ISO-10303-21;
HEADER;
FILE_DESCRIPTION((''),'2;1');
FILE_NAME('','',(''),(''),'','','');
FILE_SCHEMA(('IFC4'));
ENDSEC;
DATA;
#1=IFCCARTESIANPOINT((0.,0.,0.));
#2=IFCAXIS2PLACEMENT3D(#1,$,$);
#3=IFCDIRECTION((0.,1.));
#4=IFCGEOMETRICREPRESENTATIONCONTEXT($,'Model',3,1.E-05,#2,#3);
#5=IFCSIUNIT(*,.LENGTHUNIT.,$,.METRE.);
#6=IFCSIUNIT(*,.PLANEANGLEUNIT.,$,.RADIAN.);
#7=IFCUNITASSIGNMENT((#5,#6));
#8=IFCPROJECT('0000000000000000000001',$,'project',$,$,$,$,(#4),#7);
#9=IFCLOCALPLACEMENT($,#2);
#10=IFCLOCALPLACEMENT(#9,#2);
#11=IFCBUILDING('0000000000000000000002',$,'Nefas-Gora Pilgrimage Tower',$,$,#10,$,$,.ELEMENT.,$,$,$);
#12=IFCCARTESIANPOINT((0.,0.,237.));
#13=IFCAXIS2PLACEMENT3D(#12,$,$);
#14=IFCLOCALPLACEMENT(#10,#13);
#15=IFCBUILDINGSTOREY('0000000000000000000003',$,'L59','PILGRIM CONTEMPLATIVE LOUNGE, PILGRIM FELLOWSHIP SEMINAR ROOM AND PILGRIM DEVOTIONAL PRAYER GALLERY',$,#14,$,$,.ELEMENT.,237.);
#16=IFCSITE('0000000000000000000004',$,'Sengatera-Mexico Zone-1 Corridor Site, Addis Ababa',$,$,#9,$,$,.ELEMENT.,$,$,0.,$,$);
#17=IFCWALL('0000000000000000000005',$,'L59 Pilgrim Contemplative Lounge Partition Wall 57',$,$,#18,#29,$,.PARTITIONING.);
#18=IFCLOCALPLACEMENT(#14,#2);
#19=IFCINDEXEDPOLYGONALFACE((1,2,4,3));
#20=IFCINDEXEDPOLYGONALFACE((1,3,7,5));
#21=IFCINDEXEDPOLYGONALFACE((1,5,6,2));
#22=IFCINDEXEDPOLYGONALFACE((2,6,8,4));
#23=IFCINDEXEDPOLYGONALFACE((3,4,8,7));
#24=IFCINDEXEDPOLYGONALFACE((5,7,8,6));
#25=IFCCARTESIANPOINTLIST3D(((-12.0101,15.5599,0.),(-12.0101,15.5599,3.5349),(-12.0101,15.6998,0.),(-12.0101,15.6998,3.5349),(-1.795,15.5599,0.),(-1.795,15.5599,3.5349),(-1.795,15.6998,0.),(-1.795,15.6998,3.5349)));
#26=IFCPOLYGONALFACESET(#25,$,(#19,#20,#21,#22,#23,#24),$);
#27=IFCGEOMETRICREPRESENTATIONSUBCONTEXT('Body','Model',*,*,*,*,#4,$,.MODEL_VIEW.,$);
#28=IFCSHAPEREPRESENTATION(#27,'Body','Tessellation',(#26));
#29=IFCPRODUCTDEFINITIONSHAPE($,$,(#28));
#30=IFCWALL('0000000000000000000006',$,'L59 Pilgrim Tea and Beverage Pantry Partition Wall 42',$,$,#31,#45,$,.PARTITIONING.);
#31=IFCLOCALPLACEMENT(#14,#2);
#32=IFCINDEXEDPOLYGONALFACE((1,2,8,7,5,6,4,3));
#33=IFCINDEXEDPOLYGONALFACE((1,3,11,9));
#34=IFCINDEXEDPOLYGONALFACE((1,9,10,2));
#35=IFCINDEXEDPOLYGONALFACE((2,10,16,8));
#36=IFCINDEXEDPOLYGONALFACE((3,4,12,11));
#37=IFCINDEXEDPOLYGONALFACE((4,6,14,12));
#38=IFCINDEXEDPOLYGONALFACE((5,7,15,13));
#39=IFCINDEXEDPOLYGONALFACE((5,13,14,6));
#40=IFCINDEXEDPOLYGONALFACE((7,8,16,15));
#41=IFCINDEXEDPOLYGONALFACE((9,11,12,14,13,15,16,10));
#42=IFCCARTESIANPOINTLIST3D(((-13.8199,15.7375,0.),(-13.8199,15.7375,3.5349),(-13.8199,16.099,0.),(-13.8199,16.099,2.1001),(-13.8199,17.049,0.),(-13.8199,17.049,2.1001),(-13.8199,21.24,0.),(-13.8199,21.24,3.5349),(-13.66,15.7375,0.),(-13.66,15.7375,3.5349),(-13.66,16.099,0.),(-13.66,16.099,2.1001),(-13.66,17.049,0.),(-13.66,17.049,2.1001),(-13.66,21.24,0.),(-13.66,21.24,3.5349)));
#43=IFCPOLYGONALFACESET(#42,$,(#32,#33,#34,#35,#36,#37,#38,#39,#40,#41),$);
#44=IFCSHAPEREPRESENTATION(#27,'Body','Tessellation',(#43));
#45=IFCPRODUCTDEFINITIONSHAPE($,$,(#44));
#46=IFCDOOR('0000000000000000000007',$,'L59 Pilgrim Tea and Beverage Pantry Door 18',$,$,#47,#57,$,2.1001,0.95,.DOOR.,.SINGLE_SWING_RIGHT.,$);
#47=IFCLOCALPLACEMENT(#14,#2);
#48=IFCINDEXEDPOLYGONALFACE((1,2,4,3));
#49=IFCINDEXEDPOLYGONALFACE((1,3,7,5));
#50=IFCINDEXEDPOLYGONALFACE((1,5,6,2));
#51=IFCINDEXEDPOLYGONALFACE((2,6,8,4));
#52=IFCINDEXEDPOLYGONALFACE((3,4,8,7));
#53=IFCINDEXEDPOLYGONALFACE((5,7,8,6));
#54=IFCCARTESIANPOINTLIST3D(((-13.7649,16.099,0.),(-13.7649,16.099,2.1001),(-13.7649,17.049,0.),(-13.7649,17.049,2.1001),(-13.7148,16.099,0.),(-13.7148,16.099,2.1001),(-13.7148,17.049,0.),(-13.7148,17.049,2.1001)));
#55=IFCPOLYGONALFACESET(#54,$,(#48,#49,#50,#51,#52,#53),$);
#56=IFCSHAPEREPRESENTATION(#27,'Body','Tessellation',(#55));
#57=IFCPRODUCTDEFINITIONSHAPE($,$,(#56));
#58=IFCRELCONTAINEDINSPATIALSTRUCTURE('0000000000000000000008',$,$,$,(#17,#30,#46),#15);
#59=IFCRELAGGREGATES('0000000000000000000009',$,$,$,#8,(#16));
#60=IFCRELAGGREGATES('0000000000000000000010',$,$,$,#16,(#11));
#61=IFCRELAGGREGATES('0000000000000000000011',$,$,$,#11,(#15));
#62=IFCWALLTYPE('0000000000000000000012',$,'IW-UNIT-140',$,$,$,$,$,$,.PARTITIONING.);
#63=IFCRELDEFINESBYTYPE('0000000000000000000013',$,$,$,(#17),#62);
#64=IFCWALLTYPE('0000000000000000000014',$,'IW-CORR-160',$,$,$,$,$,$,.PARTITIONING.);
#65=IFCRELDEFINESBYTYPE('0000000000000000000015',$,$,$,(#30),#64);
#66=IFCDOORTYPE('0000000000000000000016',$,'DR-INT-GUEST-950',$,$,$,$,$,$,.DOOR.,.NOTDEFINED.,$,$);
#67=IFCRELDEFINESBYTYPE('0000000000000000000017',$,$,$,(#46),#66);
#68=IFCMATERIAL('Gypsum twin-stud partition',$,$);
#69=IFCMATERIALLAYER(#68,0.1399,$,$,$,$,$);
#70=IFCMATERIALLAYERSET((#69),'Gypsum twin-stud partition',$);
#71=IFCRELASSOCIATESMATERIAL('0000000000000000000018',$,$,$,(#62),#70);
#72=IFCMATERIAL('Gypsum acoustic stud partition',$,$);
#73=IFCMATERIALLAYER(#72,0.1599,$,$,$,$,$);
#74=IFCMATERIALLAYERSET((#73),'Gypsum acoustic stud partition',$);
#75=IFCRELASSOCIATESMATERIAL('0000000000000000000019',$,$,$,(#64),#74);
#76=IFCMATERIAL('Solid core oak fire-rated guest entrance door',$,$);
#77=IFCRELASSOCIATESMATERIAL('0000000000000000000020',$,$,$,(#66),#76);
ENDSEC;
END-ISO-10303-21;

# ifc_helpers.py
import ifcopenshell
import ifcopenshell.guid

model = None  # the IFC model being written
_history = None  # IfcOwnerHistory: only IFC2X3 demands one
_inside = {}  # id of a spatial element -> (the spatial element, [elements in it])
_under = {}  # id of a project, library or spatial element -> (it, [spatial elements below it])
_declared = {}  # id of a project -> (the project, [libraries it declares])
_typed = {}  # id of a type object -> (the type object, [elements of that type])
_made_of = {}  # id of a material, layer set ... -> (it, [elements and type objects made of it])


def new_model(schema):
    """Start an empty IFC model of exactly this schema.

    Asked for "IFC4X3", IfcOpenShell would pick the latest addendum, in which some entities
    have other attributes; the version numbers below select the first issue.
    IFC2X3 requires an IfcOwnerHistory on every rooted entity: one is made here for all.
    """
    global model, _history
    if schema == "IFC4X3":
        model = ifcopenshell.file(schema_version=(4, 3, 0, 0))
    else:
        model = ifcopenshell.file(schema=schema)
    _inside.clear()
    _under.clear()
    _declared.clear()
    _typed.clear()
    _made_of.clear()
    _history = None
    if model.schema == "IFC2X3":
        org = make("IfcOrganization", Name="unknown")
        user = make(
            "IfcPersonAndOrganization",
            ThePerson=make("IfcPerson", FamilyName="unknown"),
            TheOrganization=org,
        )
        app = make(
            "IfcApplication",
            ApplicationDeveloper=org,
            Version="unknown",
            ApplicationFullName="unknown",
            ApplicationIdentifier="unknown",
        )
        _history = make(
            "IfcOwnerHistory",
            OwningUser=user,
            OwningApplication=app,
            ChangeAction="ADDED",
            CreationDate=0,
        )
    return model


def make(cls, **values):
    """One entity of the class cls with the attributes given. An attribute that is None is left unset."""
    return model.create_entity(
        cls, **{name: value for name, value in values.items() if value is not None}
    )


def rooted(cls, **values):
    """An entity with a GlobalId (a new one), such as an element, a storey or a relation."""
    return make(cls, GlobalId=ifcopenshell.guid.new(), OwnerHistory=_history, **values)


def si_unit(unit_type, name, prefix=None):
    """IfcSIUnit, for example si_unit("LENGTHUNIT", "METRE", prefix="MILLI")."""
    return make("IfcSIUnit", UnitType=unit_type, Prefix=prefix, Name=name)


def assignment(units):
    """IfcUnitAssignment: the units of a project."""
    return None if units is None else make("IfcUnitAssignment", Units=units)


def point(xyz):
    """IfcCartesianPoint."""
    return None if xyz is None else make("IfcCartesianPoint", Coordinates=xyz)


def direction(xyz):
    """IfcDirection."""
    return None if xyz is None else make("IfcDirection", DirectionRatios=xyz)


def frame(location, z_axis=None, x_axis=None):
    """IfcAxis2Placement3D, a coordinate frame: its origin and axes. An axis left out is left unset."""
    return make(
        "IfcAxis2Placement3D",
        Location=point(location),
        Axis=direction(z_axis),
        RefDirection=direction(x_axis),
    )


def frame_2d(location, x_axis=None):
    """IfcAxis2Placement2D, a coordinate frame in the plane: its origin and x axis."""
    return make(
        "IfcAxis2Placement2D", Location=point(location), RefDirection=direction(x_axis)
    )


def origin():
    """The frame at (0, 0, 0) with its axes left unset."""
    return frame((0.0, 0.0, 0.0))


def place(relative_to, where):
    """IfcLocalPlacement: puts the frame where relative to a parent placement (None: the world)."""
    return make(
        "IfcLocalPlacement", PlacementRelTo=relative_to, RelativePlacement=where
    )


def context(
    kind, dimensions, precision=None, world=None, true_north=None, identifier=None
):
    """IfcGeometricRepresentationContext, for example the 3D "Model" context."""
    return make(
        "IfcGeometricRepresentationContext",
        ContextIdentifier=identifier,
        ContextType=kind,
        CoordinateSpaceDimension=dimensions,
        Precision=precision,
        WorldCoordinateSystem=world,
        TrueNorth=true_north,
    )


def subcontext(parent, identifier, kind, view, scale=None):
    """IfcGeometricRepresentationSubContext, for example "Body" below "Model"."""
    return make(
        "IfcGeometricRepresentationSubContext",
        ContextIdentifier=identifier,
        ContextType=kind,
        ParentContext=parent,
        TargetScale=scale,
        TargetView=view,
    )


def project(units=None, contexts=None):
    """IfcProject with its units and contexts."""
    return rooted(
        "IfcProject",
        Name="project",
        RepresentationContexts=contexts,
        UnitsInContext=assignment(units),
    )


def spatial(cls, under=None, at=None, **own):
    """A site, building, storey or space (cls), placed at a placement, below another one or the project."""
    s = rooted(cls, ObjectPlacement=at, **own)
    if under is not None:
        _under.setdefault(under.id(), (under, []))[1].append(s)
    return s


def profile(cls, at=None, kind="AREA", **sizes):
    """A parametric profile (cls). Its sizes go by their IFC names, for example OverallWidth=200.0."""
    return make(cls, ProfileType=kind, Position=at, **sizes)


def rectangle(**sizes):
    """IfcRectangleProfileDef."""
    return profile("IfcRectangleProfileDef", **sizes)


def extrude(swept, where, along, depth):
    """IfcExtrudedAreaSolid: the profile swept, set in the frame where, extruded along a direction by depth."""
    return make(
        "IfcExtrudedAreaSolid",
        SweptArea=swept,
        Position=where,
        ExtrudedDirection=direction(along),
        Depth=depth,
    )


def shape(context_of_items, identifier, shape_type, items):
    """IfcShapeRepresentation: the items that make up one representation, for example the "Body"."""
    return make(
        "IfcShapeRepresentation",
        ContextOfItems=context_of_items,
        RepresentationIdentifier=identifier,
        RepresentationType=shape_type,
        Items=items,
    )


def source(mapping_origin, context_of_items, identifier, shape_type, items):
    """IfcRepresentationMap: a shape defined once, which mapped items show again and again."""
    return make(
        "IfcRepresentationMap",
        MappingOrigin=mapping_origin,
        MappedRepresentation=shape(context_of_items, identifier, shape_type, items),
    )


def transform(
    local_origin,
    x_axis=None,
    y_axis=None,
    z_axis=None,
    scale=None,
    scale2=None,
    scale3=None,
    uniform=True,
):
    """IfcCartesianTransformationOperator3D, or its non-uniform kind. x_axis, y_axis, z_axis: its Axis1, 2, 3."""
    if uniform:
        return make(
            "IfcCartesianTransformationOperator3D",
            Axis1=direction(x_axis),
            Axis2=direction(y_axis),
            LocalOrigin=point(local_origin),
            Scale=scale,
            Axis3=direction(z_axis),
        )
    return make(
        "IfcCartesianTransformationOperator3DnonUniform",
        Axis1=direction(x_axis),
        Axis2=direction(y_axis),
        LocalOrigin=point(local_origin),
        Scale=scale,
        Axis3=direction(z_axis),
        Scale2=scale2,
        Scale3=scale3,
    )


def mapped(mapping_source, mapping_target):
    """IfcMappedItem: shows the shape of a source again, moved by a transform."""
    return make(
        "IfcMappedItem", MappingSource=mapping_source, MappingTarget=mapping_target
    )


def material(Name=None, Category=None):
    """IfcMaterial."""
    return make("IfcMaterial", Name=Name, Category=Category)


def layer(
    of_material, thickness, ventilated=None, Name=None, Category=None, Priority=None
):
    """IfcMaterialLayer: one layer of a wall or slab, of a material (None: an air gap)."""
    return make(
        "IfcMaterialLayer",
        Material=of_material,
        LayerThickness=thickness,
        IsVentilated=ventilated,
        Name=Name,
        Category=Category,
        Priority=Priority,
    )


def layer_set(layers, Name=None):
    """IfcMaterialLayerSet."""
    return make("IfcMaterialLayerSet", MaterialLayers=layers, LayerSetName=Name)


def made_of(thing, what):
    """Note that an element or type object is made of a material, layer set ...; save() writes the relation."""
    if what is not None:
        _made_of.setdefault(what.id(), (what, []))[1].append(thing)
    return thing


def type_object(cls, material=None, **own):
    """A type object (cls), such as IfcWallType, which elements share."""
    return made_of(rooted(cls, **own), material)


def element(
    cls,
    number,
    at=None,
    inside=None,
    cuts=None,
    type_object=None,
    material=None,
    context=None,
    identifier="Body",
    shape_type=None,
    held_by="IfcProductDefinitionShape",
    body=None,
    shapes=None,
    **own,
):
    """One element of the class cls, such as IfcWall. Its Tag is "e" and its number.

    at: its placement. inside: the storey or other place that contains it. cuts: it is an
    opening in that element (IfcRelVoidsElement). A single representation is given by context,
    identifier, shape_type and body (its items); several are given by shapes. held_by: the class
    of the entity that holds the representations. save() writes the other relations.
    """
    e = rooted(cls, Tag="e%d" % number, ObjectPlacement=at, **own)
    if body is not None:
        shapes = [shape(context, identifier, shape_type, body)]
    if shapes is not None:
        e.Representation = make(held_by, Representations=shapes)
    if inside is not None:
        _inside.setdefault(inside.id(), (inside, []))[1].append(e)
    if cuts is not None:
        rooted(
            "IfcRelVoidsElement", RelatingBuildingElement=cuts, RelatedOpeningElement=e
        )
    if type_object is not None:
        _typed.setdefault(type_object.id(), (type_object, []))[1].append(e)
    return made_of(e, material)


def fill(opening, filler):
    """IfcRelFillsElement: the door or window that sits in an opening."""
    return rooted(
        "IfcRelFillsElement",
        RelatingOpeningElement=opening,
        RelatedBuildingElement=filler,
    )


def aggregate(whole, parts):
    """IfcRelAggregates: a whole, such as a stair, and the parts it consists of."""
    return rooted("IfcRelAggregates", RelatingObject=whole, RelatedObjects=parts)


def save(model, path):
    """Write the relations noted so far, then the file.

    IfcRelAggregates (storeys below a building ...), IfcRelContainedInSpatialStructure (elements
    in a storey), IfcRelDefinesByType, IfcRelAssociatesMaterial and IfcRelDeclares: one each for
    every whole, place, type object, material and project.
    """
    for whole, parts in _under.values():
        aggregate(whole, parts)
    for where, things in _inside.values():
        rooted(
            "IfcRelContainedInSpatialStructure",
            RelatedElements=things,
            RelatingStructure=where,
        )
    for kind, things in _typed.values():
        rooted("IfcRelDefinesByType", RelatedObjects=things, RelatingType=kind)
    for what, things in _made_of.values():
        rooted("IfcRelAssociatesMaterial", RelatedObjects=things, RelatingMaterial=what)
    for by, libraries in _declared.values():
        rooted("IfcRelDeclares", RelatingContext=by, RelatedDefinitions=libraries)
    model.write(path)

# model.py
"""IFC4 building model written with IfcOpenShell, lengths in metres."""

from ifc_helpers import new_model, si_unit, direction, frame, frame_2d, origin, place, context, subcontext, project, spatial, rectangle, extrude, source, transform, mapped, material, layer, layer_set, type_object, element, fill, save


model = new_model("IFC4")

# Units and contexts
model_context = context("Model", 3, precision=1e-05, world=origin(), true_north=direction((0.0, 1.0)))
body_context = subcontext(model_context, "Body", "Model", "MODEL_VIEW")
ifc_project = project(units=[si_unit("LENGTHUNIT", "METRE"), si_unit("PLANEANGLEUNIT", "RADIAN")], contexts=[model_context])

# Site, building, storey
site_placement = place(None, origin())
site = spatial("IfcSite", under=ifc_project, at=site_placement, Name="Sengatera-Mexico Zone-1 Corridor Site, Addis Ababa", CompositionType="ELEMENT", RefElevation=0.0)
building_placement = place(site_placement, origin())
building = spatial("IfcBuilding", under=site, at=building_placement, Name="Nefas-Gora Pilgrimage Tower", CompositionType="ELEMENT")
storey_placement = place(building_placement, frame((0.0, 0.0, 237.0)))
storey = spatial("IfcBuildingStorey", under=building, at=storey_placement, Name="L59", Description="PILGRIM CONTEMPLATIVE LOUNGE, PILGRIM FELLOWSHIP SEMINAR ROOM AND PILGRIM DEVOTIONAL PRAYER GALLERY", CompositionType="ELEMENT", Elevation=237.0)

# Shared definitions
ifc_material_1 = material(Name="Gypsum twin-stud partition")
ifc_layer_1 = layer(ifc_material_1, 0.1399)
ifc_layer_set_1 = layer_set([ifc_layer_1], Name="Gypsum twin-stud partition")
wall_type_1 = type_object("IfcWallType", Name="IW-UNIT-140", PredefinedType="PARTITIONING", material=ifc_layer_set_1)

# Shared definitions
ifc_material_2 = material(Name="Gypsum acoustic stud partition")
ifc_layer_2 = layer(ifc_material_2, 0.1599)
ifc_layer_set_2 = layer_set([ifc_layer_2], Name="Gypsum acoustic stud partition")
wall_type_2 = type_object("IfcWallType", Name="IW-CORR-160", PredefinedType="PARTITIONING", material=ifc_layer_set_2)
ifc_material_3 = material(Name="Solid core oak fire-rated guest entrance door")
door_type_1 = type_object("IfcDoorType", Name="DR-INT-GUEST-950", OperationType="NOTDEFINED", PredefinedType="DOOR", material=ifc_material_3)
shared_shape_1 = source(origin(), body_context, "Body", "SweptSolid", [
    extrude(rectangle(XDim=0.95, YDim=2.1001, at=frame_2d((0.4751, 1.05))), frame((0.0, 0.0249, 0.0), z_axis=(0.0, -1.0, 0.0), x_axis=(1.0, 0.0, 0.0)), (0.0, 0.0, 1.0), 0.05),
])

# Wall
shared_shape_2 = source(origin(), body_context, "Body", "SweptSolid", [
    extrude(rectangle(XDim=10.2151, YDim=0.1399, at=frame_2d((5.1074, 0.0))), origin(), (0.0, 0.0, 1.0), 3.5349),
])
wall_1_placement = place(storey_placement, frame((-12.01, 15.6299, 0.0), z_axis=(0.0, 0.0, 1.0), x_axis=(1.0, 0.0, 0.0)))
element("IfcWall", 1, at=wall_1_placement, inside=storey, type_object=wall_type_1, Name="L59 Pilgrim Contemplative Lounge Partition Wall 57", PredefinedType="PARTITIONING", context=body_context, shape_type="MappedRepresentation", body=[
    mapped(shared_shape_2, transform((0.0, 0.0, 0.0), x_axis=(1.0, 0.0, 0.0), y_axis=(0.0, 1.0, 0.0), z_axis=(0.0, 0.0, 1.0), scale=1.0)),
])

# Wall, opening, door
shared_shape_3 = source(origin(), body_context, "Body", "SweptSolid", [
    extrude(rectangle(XDim=5.5024, YDim=0.1599, at=frame_2d((2.7512, 0.0))), origin(), (0.0, 0.0, 1.0), 3.5349),
])
wall_2_placement = place(storey_placement, frame((-13.74, 15.7375, 0.0), z_axis=(0.0, 0.0, 1.0), x_axis=(0.0, 1.0, 0.0)))
wall_2 = element("IfcWall", 2, at=wall_2_placement, inside=storey, type_object=wall_type_2, Name="L59 Pilgrim Tea and Beverage Pantry Partition Wall 42", PredefinedType="PARTITIONING", context=body_context, shape_type="MappedRepresentation", body=[
    mapped(shared_shape_3, transform((0.0, 0.0, 0.0), x_axis=(1.0, 0.0, 0.0), y_axis=(0.0, 1.0, 0.0), z_axis=(0.0, 0.0, 1.0), scale=1.0)),
])
opening_1_placement = place(wall_2_placement, frame((0.3613, 0.0, 0.0)))
opening_1 = element("IfcOpeningElement", 3, at=opening_1_placement, cuts=wall_2, PredefinedType="OPENING", context=body_context, shape_type="SweptSolid", body=[
    extrude(rectangle(XDim=0.95, YDim=2.1001, at=frame_2d((0.4751, 1.05))), frame((0.0, 0.0898, 0.0), z_axis=(0.0, -1.0, 0.0), x_axis=(1.0, 0.0, 0.0)), (0.0, 0.0, 1.0), 0.1799),
])
door_1_placement = place(opening_1_placement, origin())
door_1 = element("IfcDoor", 4, at=door_1_placement, inside=storey, type_object=door_type_1, Name="L59 Pilgrim Tea and Beverage Pantry Door 18", OperationType="SINGLE_SWING_RIGHT", OverallHeight=2.1001, OverallWidth=0.95, PredefinedType="DOOR", context=body_context, shape_type="MappedRepresentation", body=[
    mapped(shared_shape_1, transform((0.0, 0.0, 0.0), x_axis=(1.0, 0.0, 0.0), y_axis=(0.0, 1.0, 0.0), z_axis=(0.0, 0.0, 1.0), scale=1.0)),
])
fill(opening_1, door_1)

save(model, "model.ifc")
